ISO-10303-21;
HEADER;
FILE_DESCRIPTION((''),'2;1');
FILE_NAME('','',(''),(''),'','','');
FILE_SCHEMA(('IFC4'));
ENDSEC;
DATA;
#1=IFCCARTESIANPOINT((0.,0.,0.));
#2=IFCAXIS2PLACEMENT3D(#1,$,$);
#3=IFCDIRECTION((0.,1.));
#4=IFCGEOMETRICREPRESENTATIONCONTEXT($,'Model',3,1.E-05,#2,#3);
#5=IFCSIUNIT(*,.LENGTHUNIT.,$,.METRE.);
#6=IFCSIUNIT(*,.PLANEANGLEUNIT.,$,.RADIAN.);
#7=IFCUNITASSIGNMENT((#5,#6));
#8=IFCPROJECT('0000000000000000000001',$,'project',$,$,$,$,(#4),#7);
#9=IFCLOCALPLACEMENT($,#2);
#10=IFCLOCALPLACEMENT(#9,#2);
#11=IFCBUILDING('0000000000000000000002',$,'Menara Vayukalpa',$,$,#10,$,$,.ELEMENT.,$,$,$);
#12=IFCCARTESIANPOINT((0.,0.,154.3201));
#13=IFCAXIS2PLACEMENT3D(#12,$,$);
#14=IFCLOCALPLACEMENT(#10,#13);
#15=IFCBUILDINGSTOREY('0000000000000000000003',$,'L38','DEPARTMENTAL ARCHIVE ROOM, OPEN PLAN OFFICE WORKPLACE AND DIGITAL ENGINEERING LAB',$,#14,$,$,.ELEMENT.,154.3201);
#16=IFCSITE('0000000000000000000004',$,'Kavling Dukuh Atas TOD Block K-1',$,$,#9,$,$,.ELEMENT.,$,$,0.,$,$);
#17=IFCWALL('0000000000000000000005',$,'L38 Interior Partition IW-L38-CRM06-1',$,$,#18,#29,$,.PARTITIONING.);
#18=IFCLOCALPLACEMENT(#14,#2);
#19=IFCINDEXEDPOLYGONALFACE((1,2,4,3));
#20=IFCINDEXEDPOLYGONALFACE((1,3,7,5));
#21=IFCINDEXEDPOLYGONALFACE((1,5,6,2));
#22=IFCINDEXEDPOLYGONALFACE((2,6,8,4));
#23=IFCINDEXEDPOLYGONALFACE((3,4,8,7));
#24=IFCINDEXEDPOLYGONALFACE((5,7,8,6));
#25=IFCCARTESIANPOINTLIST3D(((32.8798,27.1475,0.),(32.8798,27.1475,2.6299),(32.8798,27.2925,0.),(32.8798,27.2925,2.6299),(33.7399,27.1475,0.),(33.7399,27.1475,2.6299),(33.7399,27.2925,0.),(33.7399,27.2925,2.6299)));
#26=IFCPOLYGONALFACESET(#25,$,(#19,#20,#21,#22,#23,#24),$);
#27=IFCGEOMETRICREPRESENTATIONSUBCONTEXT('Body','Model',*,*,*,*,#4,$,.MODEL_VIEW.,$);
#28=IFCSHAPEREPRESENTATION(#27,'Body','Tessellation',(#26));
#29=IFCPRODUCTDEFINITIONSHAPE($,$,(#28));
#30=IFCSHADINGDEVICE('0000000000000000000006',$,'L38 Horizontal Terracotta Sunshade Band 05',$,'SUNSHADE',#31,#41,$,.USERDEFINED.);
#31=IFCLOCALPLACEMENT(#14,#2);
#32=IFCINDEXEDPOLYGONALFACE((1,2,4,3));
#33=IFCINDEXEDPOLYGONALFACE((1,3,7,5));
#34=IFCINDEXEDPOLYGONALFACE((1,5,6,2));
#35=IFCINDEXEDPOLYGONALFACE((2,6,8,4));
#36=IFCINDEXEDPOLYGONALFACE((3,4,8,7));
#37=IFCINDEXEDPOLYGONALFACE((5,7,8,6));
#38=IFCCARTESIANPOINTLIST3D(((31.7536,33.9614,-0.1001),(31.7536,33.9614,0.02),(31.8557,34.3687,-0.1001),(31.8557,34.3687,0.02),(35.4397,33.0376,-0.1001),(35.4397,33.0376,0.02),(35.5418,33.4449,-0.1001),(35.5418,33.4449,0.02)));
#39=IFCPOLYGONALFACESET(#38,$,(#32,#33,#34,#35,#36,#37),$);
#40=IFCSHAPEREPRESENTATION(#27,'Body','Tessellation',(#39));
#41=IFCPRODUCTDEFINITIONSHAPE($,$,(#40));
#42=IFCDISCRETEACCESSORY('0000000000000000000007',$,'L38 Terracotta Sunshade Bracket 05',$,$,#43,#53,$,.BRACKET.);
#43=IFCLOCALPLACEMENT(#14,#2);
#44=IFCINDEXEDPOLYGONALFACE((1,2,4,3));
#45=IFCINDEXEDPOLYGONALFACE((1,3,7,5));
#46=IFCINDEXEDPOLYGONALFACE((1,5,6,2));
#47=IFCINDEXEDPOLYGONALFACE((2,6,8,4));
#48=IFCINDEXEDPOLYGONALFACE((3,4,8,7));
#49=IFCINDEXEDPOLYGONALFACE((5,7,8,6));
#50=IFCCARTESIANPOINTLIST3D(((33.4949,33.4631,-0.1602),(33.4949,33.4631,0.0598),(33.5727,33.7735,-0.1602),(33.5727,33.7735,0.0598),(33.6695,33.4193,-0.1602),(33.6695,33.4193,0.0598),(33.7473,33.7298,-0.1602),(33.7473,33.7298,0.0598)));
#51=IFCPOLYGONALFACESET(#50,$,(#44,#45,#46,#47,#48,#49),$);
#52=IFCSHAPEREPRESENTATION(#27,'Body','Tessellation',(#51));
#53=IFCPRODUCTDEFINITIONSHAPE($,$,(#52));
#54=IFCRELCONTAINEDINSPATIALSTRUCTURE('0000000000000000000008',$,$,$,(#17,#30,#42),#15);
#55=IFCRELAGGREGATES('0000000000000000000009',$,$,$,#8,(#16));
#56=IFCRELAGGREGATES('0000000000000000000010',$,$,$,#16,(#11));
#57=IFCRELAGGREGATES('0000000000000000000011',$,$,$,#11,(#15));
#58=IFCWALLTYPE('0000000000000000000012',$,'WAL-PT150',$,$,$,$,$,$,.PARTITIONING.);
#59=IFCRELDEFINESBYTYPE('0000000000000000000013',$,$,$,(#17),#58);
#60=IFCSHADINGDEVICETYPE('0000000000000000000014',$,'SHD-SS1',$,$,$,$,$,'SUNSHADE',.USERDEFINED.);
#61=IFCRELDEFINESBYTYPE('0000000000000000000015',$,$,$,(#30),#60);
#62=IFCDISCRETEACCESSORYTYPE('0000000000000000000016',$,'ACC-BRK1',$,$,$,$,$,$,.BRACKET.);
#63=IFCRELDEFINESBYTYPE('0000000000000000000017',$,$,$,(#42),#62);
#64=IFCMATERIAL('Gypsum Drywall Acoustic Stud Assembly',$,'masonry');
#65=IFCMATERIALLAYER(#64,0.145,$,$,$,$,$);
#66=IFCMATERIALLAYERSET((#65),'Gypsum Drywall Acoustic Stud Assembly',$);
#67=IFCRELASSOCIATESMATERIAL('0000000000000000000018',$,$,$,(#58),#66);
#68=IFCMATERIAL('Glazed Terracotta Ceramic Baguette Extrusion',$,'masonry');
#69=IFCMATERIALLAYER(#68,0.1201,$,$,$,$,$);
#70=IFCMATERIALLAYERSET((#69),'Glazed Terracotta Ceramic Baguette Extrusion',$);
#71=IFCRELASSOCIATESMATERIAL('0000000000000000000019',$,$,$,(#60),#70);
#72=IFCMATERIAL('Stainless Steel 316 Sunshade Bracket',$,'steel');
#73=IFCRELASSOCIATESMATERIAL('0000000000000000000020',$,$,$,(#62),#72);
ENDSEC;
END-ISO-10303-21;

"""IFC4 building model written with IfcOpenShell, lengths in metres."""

from ifc_helpers import new_model, si_unit, direction, frame, frame_2d, origin, origin_2d, place, context, subcontext, project, spatial, rectangle, extrude, material, layer, layer_set, type_object, element, save


model = new_model("IFC4")

# Units and contexts
model_context = context("Model", 3, precision=1e-05, world=origin(), true_north=direction((0.0, 1.0)))
body_context = subcontext(model_context, "Body", "Model", "MODEL_VIEW")
ifc_project = project(units=[si_unit("LENGTHUNIT", "METRE"), si_unit("PLANEANGLEUNIT", "RADIAN")], contexts=[model_context])

# Site, building, storey
site_placement = place(None, origin())
site = spatial("IfcSite", under=ifc_project, at=site_placement, Name="Kavling Dukuh Atas TOD Block K-1", CompositionType="ELEMENT", RefElevation=0.0)
building_placement = place(site_placement, origin())
building = spatial("IfcBuilding", under=site, at=building_placement, Name="Menara Vayukalpa", CompositionType="ELEMENT")
storey_placement = place(building_placement, frame((0.0, 0.0, 154.3201)))
storey = spatial("IfcBuildingStorey", under=building, at=storey_placement, Name="L38", Description="DEPARTMENTAL ARCHIVE ROOM, OPEN PLAN OFFICE WORKPLACE AND DIGITAL ENGINEERING LAB", CompositionType="ELEMENT", Elevation=154.3201)

# Wall
ifc_material_1 = material(Name="Gypsum Drywall Acoustic Stud Assembly", Category="masonry")
ifc_layer_1 = layer(ifc_material_1, 0.145)
ifc_layer_set_1 = layer_set([ifc_layer_1], Name="Gypsum Drywall Acoustic Stud Assembly")
wall_type_1 = type_object("IfcWallType", Name="WAL-PT150", PredefinedType="PARTITIONING", material=ifc_layer_set_1)
wall_1_placement = place(storey_placement, frame((33.74, 27.22, 0.0), z_axis=(0.0, 0.0, 1.0), x_axis=(-1.0, 0.0, 0.0)))
element("IfcWall", 1, at=wall_1_placement, inside=storey, type_object=wall_type_1, Name="L38 Interior Partition IW-L38-CRM06-1", PredefinedType="PARTITIONING", context=body_context, shape_type="SweptSolid", body=[
    extrude(rectangle(XDim=0.8601, YDim=0.145, at=frame_2d((0.4302, 0.0))), origin(), (0.0, 0.0, 1.0), 2.6299),
])

# Shading device
ifc_material_2 = material(Name="Glazed Terracotta Ceramic Baguette Extrusion", Category="masonry")
ifc_layer_2 = layer(ifc_material_2, 0.1201)
ifc_layer_set_2 = layer_set([ifc_layer_2], Name="Glazed Terracotta Ceramic Baguette Extrusion")
shading_device_type = type_object("IfcShadingDeviceType", Name="SHD-SS1", ElementType="SUNSHADE", PredefinedType="USERDEFINED", material=ifc_layer_set_2)
shading_device_placement = place(storey_placement, frame((33.6477, 33.7031, -0.1001), z_axis=(0.0, 0.0, 1.0), x_axis=(-0.969999, 0.243107, 0.0)))
element("IfcShadingDevice", 2, at=shading_device_placement, inside=storey, type_object=shading_device_type, Name="L38 Horizontal Terracotta Sunshade Band 05", ObjectType="SUNSHADE", PredefinedType="USERDEFINED", context=body_context, shape_type="SweptSolid", body=[
    extrude(rectangle(XDim=3.8, YDim=0.4199, at=origin_2d()), origin(), (0.0, 0.0, 1.0), 0.1201),
])

# Discrete accessory
ifc_material_3 = material(Name="Stainless Steel 316 Sunshade Bracket", Category="steel")
discrete_accessory_type = type_object("IfcDiscreteAccessoryType", Name="ACC-BRK1", PredefinedType="BRACKET", material=ifc_material_3)
discrete_accessory_placement = place(storey_placement, frame((33.6211, 33.5964, -0.1602), z_axis=(0.0, 0.0, 1.0), x_axis=(-0.969999, 0.243107, 0.0)))
element("IfcDiscreteAccessory", 3, at=discrete_accessory_placement, inside=storey, type_object=discrete_accessory_type, Name="L38 Terracotta Sunshade Bracket 05", PredefinedType="BRACKET", context=body_context, shape_type="SweptSolid", body=[
    extrude(rectangle(XDim=0.1799, YDim=0.3201, at=origin_2d()), origin(), (0.0, 0.0, 1.0), 0.22),
])

save(model, "model.ifc")
